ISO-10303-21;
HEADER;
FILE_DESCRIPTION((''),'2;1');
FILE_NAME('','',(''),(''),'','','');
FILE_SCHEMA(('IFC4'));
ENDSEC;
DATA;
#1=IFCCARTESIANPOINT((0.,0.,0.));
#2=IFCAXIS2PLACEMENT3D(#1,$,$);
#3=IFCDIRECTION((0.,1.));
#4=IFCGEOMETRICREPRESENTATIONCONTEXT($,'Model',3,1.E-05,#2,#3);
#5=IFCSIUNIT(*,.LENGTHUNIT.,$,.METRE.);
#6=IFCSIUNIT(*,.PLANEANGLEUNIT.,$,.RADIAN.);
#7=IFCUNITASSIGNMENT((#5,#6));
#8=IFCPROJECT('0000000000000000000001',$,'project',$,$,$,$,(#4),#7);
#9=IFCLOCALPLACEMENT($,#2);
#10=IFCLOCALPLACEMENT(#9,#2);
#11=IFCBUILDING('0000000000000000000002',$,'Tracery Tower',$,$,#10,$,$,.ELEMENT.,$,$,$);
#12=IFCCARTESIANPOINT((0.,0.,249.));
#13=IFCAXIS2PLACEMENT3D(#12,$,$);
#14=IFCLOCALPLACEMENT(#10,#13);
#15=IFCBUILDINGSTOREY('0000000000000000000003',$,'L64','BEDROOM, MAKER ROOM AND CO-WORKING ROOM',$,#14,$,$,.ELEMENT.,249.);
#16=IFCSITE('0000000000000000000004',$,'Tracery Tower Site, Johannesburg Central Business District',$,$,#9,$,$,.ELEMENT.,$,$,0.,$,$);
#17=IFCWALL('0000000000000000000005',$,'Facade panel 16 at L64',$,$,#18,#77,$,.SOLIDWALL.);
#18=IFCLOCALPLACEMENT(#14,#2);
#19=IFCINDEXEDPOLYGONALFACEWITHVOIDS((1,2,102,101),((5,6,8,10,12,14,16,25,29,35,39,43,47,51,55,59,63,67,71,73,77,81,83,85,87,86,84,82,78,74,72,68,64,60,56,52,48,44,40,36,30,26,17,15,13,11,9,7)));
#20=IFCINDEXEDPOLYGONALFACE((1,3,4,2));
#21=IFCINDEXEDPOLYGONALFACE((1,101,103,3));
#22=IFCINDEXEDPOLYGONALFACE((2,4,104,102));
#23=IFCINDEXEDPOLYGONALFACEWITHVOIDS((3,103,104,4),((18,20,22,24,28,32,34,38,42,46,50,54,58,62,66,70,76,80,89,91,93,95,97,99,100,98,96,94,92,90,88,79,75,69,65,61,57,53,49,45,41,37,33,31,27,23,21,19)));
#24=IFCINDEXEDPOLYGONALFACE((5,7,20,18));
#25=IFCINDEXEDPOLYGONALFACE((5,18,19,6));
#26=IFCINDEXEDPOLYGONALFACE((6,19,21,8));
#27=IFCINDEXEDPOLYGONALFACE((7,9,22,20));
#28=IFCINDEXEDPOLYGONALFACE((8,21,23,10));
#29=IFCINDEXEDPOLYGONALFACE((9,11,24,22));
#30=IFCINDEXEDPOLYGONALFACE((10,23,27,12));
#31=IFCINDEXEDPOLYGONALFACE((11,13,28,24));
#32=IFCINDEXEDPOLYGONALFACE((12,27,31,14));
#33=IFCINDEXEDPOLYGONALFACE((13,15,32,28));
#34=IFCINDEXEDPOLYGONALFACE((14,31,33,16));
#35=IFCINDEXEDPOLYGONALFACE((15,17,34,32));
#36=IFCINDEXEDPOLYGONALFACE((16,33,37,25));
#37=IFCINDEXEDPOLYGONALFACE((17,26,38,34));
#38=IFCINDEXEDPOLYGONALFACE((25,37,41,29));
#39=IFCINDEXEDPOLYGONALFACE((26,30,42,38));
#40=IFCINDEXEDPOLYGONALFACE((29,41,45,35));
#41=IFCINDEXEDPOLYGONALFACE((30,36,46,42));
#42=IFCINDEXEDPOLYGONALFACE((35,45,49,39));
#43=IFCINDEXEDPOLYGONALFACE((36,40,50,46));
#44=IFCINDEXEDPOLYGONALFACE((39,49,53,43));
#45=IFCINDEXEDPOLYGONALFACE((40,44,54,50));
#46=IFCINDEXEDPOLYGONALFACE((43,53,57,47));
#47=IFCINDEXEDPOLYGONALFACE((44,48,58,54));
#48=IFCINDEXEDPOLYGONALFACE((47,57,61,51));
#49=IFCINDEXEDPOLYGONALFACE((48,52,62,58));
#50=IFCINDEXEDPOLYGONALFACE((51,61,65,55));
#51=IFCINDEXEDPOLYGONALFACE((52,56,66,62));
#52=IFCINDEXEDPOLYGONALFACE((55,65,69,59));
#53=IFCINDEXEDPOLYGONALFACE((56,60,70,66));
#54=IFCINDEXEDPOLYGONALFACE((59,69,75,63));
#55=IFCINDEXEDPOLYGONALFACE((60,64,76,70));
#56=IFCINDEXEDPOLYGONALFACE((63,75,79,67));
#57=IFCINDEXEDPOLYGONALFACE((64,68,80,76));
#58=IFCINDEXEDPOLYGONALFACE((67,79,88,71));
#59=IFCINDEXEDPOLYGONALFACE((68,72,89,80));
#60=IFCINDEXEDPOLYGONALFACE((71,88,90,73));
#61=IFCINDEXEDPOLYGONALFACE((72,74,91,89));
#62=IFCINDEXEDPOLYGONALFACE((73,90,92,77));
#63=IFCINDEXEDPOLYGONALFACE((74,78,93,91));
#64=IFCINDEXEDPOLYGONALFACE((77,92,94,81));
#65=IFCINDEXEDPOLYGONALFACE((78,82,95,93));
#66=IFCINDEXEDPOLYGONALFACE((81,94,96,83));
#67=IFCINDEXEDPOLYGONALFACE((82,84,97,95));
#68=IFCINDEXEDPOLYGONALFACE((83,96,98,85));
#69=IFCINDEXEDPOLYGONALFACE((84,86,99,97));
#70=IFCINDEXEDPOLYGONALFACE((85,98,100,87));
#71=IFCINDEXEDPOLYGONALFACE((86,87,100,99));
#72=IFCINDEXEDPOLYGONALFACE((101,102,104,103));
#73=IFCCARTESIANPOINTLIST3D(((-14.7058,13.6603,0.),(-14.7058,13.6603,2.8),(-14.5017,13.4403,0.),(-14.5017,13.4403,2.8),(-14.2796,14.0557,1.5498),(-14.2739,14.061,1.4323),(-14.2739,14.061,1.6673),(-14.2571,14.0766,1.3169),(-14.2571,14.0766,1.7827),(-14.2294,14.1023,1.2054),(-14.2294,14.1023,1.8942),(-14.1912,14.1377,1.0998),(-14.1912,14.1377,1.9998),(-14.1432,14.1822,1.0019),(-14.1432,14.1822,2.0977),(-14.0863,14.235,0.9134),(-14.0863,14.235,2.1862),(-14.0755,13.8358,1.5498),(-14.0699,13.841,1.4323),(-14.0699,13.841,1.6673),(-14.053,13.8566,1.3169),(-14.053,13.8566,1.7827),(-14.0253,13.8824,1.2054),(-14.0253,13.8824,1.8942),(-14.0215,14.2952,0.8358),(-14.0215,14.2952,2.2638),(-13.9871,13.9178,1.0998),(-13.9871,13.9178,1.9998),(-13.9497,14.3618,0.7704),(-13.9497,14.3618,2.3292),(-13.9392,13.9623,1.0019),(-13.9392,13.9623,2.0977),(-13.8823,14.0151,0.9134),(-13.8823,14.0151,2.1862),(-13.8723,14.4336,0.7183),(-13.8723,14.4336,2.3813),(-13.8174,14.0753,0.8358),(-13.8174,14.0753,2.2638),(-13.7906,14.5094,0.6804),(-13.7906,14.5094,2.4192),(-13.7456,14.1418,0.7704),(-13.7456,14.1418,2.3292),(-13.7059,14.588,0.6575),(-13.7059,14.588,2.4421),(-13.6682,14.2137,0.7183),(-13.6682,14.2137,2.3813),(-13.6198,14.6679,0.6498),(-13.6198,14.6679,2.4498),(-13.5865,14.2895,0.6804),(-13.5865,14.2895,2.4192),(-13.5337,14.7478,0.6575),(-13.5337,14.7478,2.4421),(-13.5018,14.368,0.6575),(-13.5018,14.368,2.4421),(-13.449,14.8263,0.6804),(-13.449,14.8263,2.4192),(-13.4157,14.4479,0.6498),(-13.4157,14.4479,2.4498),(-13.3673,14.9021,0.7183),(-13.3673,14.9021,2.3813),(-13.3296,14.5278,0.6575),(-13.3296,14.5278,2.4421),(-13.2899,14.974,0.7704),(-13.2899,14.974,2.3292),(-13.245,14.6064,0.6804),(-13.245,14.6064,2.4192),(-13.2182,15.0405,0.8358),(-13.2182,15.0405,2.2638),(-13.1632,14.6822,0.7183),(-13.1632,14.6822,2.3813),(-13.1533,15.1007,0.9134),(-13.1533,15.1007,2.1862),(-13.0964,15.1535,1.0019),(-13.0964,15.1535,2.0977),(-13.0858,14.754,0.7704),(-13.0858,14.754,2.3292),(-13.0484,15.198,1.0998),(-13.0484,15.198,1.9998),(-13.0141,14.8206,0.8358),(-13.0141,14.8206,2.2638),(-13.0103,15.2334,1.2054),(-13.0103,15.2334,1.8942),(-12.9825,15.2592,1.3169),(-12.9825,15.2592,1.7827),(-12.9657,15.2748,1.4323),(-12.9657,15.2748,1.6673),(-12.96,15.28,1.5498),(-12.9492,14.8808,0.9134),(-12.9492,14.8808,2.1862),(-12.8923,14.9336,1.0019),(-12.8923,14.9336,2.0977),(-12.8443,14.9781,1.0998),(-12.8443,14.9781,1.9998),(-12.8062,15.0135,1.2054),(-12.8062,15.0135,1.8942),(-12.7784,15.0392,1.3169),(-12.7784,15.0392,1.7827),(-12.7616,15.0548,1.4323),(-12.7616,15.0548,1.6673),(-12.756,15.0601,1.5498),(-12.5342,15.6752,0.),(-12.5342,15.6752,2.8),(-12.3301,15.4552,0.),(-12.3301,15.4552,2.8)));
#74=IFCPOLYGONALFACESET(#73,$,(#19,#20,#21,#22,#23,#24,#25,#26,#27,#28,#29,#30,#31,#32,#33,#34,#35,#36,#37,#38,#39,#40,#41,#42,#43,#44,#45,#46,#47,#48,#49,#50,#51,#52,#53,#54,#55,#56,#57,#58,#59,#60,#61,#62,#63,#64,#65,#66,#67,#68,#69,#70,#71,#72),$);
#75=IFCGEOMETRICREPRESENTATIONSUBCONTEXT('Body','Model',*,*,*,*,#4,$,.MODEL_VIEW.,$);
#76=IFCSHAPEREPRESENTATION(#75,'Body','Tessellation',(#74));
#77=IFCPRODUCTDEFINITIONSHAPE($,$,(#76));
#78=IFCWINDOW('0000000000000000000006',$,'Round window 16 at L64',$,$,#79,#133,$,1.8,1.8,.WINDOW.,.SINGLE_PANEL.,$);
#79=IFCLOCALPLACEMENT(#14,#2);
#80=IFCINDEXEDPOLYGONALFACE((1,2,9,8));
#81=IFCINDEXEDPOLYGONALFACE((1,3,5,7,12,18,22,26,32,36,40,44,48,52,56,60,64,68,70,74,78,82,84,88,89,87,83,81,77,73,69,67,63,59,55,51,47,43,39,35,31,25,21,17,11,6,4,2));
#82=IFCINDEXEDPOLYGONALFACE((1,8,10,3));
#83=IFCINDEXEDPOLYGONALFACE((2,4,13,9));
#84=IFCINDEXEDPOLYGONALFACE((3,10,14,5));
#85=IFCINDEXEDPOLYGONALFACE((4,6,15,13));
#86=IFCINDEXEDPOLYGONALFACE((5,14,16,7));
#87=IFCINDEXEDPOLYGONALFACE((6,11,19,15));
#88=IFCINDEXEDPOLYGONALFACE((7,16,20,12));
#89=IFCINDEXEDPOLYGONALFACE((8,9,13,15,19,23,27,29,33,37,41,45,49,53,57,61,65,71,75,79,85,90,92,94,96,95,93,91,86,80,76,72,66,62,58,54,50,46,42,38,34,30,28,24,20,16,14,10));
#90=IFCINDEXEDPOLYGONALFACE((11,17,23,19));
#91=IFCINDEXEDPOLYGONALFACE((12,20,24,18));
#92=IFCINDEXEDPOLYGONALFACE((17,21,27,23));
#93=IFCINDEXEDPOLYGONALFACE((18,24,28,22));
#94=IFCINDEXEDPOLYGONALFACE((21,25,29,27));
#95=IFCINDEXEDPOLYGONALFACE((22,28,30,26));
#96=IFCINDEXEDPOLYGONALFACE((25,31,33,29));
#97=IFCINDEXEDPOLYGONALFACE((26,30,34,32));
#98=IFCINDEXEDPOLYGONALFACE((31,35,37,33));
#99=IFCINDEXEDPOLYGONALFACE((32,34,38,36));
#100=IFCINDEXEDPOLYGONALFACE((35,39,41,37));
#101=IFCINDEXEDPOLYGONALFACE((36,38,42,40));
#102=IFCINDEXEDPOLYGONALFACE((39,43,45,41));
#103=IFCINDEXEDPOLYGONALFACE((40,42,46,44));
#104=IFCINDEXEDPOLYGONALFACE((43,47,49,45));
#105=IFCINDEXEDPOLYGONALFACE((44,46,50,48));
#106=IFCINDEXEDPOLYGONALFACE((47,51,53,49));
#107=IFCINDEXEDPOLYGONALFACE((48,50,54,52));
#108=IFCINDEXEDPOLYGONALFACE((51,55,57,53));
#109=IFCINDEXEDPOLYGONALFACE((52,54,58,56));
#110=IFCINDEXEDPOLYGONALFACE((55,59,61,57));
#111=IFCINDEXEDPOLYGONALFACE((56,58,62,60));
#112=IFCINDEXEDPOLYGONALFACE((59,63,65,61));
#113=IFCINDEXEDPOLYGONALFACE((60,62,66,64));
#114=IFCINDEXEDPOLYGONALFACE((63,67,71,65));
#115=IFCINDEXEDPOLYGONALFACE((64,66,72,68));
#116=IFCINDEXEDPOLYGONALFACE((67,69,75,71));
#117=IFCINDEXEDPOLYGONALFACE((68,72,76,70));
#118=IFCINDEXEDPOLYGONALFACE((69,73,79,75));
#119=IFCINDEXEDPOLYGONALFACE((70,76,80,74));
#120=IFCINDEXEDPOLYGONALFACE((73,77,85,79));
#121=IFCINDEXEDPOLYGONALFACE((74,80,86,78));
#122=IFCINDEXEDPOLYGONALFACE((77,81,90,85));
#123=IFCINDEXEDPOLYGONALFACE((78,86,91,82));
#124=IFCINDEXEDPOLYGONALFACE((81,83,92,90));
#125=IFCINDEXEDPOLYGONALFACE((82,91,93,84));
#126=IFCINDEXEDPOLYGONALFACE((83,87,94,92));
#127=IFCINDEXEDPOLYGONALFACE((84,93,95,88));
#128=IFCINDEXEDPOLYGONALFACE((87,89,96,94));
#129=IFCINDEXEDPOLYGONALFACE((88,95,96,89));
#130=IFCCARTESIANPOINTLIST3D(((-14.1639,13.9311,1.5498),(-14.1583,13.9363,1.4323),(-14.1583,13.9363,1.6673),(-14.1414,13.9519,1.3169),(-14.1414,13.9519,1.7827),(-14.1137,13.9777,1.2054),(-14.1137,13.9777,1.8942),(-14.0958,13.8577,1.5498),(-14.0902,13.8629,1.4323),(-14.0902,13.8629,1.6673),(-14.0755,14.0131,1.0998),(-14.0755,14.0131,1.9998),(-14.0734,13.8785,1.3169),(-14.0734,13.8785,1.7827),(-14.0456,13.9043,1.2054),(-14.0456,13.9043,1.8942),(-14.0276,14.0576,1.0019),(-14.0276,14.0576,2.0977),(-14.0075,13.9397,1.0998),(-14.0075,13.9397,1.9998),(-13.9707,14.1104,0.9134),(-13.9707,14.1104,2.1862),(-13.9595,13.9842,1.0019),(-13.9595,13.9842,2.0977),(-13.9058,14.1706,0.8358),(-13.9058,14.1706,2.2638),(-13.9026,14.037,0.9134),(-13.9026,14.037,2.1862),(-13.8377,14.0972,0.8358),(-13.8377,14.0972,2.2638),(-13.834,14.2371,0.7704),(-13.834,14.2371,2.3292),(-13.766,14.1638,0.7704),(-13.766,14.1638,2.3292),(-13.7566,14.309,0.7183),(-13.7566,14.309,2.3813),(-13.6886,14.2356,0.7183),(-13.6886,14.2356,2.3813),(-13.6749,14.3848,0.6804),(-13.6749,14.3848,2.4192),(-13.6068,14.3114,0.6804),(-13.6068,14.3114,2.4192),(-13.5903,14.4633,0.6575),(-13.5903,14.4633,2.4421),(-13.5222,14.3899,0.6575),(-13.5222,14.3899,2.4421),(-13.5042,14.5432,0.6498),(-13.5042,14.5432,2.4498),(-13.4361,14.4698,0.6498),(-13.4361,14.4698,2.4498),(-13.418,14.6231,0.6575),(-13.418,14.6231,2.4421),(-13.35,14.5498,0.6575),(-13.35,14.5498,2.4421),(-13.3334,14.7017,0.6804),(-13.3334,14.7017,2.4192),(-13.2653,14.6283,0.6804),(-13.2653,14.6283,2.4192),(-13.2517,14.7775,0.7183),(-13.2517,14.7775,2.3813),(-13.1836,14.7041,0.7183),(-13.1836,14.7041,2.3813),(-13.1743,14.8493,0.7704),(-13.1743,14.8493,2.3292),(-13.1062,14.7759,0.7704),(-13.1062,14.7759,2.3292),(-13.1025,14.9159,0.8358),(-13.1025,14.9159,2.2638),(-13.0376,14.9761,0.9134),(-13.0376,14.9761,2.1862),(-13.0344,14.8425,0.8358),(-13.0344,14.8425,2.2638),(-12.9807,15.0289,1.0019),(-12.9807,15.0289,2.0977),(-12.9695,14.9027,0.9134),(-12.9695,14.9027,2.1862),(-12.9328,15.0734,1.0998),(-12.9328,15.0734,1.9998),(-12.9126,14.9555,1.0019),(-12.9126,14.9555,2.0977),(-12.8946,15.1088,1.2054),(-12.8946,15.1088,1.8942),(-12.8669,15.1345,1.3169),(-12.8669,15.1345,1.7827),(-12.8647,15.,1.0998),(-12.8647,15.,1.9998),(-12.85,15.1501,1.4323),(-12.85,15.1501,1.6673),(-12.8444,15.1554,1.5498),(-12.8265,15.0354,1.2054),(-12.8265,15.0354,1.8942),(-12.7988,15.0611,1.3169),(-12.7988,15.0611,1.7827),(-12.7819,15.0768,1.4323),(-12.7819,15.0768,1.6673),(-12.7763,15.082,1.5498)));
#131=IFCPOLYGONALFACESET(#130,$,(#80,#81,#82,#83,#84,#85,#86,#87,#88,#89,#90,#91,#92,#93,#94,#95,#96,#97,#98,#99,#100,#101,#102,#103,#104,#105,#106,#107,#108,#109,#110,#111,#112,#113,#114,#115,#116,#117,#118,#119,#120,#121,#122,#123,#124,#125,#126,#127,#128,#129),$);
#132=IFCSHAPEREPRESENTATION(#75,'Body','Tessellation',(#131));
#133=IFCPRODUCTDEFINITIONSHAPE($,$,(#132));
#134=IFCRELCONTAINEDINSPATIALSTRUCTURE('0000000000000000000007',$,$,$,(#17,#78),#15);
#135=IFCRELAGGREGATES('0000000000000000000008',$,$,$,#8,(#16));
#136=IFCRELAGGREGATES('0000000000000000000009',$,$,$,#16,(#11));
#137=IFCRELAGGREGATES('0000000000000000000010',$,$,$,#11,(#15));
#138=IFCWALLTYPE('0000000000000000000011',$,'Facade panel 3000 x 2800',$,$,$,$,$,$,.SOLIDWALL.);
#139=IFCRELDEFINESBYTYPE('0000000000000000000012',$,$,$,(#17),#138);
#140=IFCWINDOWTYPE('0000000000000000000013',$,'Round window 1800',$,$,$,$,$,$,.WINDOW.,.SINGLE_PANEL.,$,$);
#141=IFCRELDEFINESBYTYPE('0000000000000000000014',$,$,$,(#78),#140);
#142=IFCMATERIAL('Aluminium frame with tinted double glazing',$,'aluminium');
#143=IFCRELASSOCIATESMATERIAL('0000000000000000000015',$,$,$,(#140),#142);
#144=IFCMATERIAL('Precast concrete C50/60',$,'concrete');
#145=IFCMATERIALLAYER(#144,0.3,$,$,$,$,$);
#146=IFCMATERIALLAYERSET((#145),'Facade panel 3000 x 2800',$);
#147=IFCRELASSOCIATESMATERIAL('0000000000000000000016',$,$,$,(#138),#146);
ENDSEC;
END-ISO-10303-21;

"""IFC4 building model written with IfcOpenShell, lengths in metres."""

from ifc_helpers import new_model, si_unit, direction, frame, frame_2d, origin, origin_2d, place, context, subcontext, project, spatial, rectangle, circle, extrude, material, layer, layer_set, type_object, element, fill, save


model = new_model("IFC4")

# Units and contexts
model_context = context("Model", 3, precision=1e-05, world=origin(), true_north=direction((0.0, 1.0)))
body_context = subcontext(model_context, "Body", "Model", "MODEL_VIEW")
ifc_project = project(units=[si_unit("LENGTHUNIT", "METRE"), si_unit("PLANEANGLEUNIT", "RADIAN")], contexts=[model_context])

# Site, building, storey
site_placement = place(None, origin())
site = spatial("IfcSite", under=ifc_project, at=site_placement, Name="Tracery Tower Site, Johannesburg Central Business District", CompositionType="ELEMENT", RefElevation=0.0)
building_placement = place(site_placement, origin())
building = spatial("IfcBuilding", under=site, at=building_placement, Name="Tracery Tower", CompositionType="ELEMENT")
storey_placement = place(building_placement, frame((0.0, 0.0, 249.0)))
storey = spatial("IfcBuildingStorey", under=building, at=storey_placement, Name="L64", Description="BEDROOM, MAKER ROOM AND CO-WORKING ROOM", CompositionType="ELEMENT", Elevation=249.0)

# Wall, opening, window
ifc_material_1 = material(Name="Aluminium frame with tinted double glazing", Category="aluminium")
window_type = type_object("IfcWindowType", Name="Round window 1800", PartitioningType="SINGLE_PANEL", PredefinedType="WINDOW", material=ifc_material_1)
ifc_material_2 = material(Name="Precast concrete C50/60", Category="concrete")
ifc_layer_1 = layer(ifc_material_2, 0.3)
ifc_layer_set_1 = layer_set([ifc_layer_1], Name="Facade panel 3000 x 2800")
wall_type_1 = type_object("IfcWallType", Name="Facade panel 3000 x 2800", PredefinedType="SOLIDWALL", material=ifc_layer_set_1)
wall_1_placement = place(storey_placement, frame((-12.4321, 15.5652, 0.0), z_axis=(0.0, 0.0, 1.0), x_axis=(-0.733066, -0.680157, 0.0)))
wall_1 = element("IfcWall", 1, at=wall_1_placement, inside=storey, type_object=wall_type_1, Name="Facade panel 16 at L64", PredefinedType="SOLIDWALL", context=body_context, shape_type="SweptSolid", body=[
    extrude(rectangle(XDim=2.9624, YDim=0.3, at=frame_2d((1.4812, 0.0))), origin(), (0.0, 0.0, 1.0), 2.8),
])
opening_1_placement = place(wall_1_placement, frame((1.481, 0.0, 1.5498)))
opening_1 = element("IfcOpeningElement", 2, at=opening_1_placement, cuts=wall_1, PredefinedType="OPENING", context=body_context, shape_type="SweptSolid", body=[
    extrude(circle(Radius=0.9, at=origin_2d()), frame((0.0, 0.1599, 0.0), z_axis=(0.0, -1.0, 0.0), x_axis=(1.0, 0.0, 0.0)), (0.0, 0.0, 1.0), 0.3201),
])
window_1_placement = place(opening_1_placement, origin())
window_1 = element("IfcWindow", 3, at=window_1_placement, inside=storey, type_object=window_type, Name="Round window 16 at L64", OverallHeight=1.8, OverallWidth=1.8, PartitioningType="SINGLE_PANEL", PredefinedType="WINDOW", context=body_context, shape_type="SweptSolid", body=[
    extrude(circle(Radius=0.9, at=origin_2d()), frame((0.0, 0.1201, 0.0), z_axis=(0.0, -1.0, 0.0), x_axis=(1.0, 0.0, 0.0)), (0.0, 0.0, 1.0), 0.1001),
])
fill(opening_1, window_1)

save(model, "model.ifc")
